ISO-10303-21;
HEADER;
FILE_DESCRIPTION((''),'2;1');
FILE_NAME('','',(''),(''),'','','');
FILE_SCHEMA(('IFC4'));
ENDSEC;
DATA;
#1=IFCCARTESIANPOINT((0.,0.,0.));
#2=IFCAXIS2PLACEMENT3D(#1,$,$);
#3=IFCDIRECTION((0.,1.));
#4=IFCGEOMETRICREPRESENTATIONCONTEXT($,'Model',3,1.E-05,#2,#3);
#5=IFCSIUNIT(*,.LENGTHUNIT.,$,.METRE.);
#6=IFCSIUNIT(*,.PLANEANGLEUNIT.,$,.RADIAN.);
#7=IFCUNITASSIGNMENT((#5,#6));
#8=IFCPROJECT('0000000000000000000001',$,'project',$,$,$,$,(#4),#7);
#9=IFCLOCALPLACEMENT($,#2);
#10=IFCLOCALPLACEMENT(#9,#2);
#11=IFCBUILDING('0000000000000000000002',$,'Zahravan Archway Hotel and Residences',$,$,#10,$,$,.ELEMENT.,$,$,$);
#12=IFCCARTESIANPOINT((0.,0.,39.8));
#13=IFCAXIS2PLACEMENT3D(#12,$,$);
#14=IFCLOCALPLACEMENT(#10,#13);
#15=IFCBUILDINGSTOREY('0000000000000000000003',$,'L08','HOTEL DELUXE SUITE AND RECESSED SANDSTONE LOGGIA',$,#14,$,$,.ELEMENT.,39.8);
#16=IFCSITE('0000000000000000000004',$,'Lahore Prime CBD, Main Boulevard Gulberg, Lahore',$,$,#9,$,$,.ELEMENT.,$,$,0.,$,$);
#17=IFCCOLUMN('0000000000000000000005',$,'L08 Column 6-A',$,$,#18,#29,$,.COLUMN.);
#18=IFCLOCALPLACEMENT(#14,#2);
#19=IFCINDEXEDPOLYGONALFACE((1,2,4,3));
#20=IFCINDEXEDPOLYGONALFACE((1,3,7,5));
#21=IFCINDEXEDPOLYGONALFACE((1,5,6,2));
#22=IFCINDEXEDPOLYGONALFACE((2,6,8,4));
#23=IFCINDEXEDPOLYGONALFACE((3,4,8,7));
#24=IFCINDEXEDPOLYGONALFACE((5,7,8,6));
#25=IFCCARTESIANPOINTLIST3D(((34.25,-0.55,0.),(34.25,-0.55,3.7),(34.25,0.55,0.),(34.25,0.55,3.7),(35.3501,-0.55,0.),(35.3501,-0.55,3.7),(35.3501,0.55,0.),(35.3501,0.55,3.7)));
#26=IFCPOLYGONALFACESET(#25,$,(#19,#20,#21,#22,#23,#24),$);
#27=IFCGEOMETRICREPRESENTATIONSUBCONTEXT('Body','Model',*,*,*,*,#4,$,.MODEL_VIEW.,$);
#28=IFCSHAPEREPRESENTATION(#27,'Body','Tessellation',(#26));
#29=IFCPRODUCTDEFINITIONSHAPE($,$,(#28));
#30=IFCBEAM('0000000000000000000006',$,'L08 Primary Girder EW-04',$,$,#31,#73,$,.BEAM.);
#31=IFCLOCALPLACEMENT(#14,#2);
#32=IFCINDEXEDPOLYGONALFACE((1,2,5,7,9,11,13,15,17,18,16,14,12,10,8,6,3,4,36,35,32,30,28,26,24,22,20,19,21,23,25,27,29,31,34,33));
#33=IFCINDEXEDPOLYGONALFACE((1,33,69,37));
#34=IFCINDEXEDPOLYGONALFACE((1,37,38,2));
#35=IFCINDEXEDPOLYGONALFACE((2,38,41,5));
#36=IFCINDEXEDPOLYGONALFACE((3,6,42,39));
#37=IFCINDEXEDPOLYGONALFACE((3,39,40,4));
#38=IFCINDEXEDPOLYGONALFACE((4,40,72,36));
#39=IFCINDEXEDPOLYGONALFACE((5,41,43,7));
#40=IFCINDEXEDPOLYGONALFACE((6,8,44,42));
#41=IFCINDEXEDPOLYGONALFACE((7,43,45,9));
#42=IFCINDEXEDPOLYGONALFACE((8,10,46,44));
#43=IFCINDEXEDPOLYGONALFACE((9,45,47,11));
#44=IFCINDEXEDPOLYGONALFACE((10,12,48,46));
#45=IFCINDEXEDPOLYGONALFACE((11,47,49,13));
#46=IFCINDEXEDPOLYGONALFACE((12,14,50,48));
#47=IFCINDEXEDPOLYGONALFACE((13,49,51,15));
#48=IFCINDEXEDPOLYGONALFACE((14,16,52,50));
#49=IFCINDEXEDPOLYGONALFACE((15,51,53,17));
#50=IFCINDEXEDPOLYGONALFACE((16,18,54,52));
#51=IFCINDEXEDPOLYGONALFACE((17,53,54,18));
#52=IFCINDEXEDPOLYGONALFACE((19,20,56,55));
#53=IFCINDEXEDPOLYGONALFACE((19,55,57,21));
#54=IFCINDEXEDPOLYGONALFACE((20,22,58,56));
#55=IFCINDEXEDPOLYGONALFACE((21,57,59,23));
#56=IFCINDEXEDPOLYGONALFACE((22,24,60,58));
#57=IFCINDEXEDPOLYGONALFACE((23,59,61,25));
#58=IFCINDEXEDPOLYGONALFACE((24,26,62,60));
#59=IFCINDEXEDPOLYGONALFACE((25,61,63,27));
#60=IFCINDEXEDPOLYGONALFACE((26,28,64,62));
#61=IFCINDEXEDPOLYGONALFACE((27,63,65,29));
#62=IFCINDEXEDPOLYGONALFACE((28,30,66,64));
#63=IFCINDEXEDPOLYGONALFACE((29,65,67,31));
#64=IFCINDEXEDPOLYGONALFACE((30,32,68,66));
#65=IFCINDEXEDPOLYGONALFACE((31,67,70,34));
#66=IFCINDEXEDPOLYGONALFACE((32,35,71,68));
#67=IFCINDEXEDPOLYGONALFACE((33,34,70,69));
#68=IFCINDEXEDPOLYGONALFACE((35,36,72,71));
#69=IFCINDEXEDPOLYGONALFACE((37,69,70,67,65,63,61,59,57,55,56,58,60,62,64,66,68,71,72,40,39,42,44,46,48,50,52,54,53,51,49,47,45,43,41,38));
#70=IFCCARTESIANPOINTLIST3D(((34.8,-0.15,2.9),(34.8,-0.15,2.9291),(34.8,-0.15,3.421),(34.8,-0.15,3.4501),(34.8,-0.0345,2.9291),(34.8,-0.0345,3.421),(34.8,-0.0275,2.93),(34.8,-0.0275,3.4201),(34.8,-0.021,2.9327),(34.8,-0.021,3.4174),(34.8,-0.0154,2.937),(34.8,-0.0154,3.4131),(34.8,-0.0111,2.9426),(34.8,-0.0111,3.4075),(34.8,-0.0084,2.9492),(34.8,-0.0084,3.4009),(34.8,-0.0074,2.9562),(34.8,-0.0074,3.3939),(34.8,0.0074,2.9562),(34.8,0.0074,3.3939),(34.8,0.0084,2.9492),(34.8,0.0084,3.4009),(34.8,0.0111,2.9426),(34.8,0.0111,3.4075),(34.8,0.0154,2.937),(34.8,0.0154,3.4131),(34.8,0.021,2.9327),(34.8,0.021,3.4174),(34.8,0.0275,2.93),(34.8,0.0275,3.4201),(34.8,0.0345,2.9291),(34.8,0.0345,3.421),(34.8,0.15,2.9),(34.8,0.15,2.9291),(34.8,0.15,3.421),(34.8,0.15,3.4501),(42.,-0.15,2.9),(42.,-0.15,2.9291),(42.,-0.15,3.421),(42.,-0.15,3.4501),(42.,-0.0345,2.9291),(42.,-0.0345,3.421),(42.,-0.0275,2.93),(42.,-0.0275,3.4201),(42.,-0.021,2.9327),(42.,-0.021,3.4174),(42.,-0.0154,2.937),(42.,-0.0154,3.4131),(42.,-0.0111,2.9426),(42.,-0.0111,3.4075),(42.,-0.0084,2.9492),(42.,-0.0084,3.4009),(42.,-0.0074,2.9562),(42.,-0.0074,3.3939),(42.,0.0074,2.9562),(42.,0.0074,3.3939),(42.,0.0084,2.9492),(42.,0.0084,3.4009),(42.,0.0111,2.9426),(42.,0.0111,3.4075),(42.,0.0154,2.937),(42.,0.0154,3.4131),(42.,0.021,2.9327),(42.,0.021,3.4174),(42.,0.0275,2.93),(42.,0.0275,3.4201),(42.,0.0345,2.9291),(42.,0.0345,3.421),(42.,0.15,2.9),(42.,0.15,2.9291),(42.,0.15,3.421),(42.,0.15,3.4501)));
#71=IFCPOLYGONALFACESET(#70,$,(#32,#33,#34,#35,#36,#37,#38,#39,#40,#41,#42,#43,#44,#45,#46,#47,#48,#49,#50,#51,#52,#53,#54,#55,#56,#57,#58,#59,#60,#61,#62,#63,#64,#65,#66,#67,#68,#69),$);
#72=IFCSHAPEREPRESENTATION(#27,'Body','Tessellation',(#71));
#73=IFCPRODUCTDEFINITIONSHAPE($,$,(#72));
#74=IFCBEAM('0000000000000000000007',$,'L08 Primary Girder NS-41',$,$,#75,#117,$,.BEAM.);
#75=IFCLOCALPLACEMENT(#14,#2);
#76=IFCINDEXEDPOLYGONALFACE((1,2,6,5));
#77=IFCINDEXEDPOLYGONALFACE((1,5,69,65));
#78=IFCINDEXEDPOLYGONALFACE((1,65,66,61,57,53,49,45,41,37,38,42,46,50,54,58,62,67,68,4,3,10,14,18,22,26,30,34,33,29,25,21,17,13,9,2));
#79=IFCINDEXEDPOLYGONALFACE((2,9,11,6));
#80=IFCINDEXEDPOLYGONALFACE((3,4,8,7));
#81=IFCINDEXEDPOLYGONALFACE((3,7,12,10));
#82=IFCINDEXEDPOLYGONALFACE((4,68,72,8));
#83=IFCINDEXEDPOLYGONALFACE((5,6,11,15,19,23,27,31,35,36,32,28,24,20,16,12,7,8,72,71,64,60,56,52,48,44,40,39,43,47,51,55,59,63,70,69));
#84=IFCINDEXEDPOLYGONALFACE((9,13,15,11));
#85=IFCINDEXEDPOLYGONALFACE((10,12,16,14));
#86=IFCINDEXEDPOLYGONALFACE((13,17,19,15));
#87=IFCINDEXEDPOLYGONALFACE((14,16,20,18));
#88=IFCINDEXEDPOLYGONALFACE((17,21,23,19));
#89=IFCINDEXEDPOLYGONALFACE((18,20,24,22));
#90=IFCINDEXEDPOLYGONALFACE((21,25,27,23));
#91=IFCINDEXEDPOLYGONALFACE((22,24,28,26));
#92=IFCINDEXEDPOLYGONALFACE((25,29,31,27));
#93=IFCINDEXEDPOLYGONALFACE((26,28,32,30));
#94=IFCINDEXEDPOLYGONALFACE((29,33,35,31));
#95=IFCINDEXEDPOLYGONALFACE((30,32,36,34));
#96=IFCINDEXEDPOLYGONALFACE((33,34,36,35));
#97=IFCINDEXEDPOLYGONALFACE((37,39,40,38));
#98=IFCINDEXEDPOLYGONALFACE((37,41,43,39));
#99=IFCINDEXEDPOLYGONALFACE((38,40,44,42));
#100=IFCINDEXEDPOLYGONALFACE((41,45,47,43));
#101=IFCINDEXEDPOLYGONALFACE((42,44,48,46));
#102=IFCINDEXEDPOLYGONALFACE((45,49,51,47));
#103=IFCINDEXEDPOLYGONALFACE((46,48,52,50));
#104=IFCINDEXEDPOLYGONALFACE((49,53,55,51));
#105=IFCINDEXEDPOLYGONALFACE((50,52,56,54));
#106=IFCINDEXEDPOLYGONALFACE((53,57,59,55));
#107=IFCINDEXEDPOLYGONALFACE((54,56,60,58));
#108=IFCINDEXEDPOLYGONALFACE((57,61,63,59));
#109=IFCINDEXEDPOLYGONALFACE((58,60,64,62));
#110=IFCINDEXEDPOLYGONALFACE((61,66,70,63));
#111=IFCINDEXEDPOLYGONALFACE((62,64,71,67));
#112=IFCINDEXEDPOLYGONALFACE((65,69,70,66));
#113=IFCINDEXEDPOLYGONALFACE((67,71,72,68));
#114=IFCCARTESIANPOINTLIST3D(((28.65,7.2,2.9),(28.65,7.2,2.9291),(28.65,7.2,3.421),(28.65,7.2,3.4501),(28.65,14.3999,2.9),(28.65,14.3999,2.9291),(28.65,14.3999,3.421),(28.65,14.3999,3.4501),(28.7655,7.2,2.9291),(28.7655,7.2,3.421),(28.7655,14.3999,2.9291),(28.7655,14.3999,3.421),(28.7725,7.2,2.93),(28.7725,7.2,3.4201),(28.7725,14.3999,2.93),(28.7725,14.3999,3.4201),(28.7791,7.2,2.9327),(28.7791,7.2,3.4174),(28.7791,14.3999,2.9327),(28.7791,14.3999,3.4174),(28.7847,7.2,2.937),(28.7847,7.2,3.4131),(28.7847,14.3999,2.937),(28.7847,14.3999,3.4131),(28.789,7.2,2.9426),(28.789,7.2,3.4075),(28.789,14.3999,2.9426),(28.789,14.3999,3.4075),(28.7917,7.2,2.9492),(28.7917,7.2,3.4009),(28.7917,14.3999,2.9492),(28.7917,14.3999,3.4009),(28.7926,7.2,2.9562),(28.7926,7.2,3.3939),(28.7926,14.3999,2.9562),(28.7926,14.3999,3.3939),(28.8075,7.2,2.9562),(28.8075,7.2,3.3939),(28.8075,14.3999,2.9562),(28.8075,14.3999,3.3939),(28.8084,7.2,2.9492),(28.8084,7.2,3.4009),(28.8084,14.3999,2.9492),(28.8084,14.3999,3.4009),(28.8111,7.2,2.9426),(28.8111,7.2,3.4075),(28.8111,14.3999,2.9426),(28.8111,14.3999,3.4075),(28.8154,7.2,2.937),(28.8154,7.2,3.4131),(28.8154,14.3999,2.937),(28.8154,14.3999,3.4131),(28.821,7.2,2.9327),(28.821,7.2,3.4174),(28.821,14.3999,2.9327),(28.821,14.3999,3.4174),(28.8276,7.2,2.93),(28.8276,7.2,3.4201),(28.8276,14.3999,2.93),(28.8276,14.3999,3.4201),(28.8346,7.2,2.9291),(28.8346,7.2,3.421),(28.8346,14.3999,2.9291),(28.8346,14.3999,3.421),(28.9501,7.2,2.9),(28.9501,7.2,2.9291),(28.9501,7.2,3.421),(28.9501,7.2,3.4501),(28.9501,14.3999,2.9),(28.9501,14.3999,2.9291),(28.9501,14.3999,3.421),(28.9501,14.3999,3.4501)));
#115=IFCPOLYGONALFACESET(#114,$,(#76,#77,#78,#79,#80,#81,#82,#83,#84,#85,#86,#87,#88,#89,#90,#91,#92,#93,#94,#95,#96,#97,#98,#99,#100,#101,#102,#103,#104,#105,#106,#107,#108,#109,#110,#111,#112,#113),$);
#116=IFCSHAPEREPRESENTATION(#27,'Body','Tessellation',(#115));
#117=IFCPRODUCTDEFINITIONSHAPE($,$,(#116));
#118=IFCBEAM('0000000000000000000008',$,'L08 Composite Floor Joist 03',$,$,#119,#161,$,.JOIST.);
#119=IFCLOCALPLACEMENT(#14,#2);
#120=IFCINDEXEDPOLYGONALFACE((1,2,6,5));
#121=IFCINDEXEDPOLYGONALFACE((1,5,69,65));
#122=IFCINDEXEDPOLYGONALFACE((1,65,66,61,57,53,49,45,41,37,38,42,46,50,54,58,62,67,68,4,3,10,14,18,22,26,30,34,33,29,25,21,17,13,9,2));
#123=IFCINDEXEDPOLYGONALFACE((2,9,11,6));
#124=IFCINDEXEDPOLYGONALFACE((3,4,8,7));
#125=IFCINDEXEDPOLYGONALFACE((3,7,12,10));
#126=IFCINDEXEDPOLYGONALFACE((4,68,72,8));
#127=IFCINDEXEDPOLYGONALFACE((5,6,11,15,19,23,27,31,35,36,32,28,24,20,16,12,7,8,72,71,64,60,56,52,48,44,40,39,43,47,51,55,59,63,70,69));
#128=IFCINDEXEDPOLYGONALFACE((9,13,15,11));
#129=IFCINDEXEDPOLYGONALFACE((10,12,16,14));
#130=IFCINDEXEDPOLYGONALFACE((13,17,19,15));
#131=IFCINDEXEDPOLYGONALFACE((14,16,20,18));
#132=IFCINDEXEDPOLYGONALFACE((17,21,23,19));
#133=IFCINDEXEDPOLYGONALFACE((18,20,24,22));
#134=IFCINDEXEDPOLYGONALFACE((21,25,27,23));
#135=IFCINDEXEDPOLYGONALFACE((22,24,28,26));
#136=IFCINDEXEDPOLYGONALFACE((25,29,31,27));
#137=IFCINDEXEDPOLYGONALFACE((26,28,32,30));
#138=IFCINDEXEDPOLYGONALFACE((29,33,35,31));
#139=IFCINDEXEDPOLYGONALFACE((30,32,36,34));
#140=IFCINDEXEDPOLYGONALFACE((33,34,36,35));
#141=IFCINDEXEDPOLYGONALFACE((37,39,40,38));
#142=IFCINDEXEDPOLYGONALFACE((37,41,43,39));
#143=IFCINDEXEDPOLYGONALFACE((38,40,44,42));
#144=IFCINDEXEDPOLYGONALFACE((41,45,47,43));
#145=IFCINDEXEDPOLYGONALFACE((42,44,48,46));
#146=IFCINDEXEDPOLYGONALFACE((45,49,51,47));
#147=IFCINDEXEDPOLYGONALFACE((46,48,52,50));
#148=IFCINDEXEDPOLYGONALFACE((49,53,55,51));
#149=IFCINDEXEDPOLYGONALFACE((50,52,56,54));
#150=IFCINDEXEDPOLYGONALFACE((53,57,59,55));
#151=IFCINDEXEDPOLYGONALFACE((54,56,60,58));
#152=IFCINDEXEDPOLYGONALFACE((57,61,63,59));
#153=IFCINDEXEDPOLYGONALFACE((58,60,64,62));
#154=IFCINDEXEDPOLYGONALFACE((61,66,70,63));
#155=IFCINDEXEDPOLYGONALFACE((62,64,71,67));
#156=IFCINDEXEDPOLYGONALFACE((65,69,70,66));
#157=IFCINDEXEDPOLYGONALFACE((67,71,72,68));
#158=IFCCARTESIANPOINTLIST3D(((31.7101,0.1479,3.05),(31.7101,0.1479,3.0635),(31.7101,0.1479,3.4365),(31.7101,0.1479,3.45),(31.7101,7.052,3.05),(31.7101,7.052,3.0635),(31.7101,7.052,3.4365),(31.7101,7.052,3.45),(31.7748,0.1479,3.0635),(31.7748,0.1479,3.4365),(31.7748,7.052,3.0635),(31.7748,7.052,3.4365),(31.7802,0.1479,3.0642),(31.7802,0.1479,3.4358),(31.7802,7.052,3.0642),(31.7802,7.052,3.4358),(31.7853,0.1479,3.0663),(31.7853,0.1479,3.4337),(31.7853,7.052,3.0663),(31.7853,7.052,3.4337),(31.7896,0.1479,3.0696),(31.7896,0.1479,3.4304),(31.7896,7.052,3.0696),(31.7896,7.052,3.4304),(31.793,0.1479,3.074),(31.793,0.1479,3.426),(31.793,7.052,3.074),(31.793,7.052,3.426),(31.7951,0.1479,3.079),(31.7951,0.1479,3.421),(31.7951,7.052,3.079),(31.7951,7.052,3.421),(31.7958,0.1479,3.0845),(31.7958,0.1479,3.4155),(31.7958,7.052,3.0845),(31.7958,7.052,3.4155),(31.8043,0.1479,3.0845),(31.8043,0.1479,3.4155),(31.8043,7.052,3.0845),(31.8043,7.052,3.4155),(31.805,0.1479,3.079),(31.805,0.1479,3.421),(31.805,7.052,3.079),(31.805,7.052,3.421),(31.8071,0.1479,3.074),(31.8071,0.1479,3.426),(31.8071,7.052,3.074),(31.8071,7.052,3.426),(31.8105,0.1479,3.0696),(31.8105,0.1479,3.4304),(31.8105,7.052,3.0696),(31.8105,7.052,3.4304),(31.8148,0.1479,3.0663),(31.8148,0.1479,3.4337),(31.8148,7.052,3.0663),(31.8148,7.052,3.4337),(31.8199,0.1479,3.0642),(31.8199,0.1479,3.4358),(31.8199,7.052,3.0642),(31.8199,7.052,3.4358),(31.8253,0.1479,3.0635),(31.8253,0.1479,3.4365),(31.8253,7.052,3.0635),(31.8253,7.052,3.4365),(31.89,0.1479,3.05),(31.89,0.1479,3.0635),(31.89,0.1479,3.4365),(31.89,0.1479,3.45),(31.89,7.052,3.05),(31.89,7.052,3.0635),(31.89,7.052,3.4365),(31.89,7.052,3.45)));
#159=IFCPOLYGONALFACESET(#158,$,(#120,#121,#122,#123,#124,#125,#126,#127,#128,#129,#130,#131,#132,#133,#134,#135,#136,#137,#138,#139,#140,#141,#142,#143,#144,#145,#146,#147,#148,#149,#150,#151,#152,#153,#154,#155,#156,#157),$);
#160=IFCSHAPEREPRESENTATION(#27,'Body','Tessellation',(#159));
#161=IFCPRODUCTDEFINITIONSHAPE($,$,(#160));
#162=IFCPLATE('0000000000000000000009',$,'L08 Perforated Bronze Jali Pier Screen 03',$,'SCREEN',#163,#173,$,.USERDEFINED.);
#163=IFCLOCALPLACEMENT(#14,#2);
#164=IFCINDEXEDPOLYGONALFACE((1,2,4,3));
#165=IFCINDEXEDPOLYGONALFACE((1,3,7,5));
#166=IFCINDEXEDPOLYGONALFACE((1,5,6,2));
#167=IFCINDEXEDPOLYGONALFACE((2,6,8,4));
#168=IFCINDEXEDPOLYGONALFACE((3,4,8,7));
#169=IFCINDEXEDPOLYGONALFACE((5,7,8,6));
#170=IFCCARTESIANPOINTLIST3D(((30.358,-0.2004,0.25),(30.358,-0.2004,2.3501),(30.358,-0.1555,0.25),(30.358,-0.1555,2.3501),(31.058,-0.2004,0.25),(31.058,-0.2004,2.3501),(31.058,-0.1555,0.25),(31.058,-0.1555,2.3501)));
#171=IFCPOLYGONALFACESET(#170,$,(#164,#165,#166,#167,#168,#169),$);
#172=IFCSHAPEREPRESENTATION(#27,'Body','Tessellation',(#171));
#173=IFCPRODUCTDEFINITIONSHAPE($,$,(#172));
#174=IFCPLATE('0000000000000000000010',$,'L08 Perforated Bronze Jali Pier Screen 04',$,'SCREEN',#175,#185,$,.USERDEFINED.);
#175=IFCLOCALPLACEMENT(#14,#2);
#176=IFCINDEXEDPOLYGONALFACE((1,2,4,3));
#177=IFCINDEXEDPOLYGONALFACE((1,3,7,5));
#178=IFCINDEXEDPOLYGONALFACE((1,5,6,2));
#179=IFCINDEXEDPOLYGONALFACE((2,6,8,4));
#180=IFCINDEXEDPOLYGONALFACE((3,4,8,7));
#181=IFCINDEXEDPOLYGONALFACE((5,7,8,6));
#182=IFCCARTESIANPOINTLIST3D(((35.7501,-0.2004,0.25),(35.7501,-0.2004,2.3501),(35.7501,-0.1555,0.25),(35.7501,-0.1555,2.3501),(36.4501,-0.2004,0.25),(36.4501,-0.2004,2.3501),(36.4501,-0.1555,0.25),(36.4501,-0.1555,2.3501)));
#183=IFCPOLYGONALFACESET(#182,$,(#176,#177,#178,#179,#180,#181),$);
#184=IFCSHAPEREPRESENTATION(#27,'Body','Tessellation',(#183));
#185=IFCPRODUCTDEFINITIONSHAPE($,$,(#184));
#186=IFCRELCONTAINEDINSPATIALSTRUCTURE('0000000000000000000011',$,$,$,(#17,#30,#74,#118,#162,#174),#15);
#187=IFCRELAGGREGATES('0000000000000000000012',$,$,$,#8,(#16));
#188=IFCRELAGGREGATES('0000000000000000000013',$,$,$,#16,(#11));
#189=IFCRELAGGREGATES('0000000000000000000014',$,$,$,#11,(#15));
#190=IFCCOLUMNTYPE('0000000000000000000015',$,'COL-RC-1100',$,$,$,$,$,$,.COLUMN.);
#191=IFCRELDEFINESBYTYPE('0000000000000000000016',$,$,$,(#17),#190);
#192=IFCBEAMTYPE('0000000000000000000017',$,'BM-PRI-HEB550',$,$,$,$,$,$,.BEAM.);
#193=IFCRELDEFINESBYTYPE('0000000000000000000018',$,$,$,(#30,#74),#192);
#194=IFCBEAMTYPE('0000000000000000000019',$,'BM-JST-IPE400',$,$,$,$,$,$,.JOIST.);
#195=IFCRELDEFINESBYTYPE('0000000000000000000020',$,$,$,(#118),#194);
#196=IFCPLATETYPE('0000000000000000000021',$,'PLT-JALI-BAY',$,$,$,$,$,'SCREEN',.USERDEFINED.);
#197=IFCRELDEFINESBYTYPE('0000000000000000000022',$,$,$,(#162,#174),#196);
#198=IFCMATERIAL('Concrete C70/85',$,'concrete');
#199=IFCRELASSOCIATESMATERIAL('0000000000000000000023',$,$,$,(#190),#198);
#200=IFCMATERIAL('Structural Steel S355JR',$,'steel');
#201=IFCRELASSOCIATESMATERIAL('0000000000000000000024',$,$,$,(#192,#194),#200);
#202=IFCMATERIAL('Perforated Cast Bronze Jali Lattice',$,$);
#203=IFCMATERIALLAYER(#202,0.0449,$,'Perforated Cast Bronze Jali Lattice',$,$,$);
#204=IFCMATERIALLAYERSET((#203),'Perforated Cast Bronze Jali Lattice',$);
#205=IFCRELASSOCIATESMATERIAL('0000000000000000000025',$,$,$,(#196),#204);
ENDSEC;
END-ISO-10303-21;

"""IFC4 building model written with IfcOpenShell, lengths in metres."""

from ifc_helpers import new_model, si_unit, direction, frame, origin, origin_2d, place, context, subcontext, project, spatial, rectangle, i_section, extrude, source, transform, mapped, material, layer, layer_set, material_profile, profile_set, type_object, type_shapes, element, save


model = new_model("IFC4")

# Units and contexts
model_context = context("Model", 3, precision=1e-05, world=origin(), true_north=direction((0.0, 1.0)))
body_context = subcontext(model_context, "Body", "Model", "MODEL_VIEW")
ifc_project = project(units=[si_unit("LENGTHUNIT", "METRE"), si_unit("PLANEANGLEUNIT", "RADIAN")], contexts=[model_context])

# Site, building, storey
site_placement = place(None, origin())
site = spatial("IfcSite", under=ifc_project, at=site_placement, Name="Lahore Prime CBD, Main Boulevard Gulberg, Lahore", CompositionType="ELEMENT", RefElevation=0.0)
building_placement = place(site_placement, origin())
building = spatial("IfcBuilding", under=site, at=building_placement, Name="Zahravan Archway Hotel and Residences", CompositionType="ELEMENT")
storey_placement = place(building_placement, frame((0.0, 0.0, 39.8)))
storey = spatial("IfcBuildingStorey", under=building, at=storey_placement, Name="L08", Description="HOTEL DELUXE SUITE AND RECESSED SANDSTONE LOGGIA", CompositionType="ELEMENT", Elevation=39.8)

# Column
ifc_material_1 = material(Name="Concrete C70/85", Category="concrete")
ifc_material_profile_1 = material_profile(ifc_material_1, rectangle(XDim=1.1001, YDim=1.1001, at=origin_2d()), Name="RC 1100x1100", Category="concrete")
ifc_profile_set_1 = profile_set([ifc_material_profile_1], Name="Concrete C70/85")
column_type = type_object("IfcColumnType", Name="COL-RC-1100", PredefinedType="COLUMN", material=ifc_profile_set_1)
shared_shape_1 = source(origin(), body_context, "Body", "SweptSolid", [
    extrude(rectangle(XDim=1.1001, YDim=1.1001, at=origin_2d()), origin(), (0.0, 0.0, 1.0), 3.7),
])
column_placement = place(storey_placement, frame((34.8, 0.0, 0.0), z_axis=(0.0, 0.0, 1.0), x_axis=(1.0, 0.0, 0.0)))
element("IfcColumn", 1, at=column_placement, inside=storey, type_object=column_type, Name="L08 Column 6-A", PredefinedType="COLUMN", context=body_context, shape_type="MappedRepresentation", body=[
    mapped(shared_shape_1, transform((0.0, 0.0, 0.0), scale=1.0)),
])

# Beams
ifc_material_2 = material(Name="Structural Steel S355JR", Category="steel")
ifc_material_profile_2 = material_profile(ifc_material_2, i_section(OverallWidth=0.3, OverallDepth=0.55, WebThickness=0.0149, FlangeThickness=0.0291, FilletRadius=0.0271, at=origin_2d()), Name="HEB 550", Category="steel")
ifc_profile_set_2 = profile_set([ifc_material_profile_2], Name="Structural Steel S355JR")
beam_type_1 = type_object("IfcBeamType", Name="BM-PRI-HEB550", PredefinedType="BEAM", material=ifc_profile_set_2)
shared_shape_2 = source(origin(), body_context, "Body", "SweptSolid", [
    extrude(i_section(OverallWidth=0.3, OverallDepth=0.55, WebThickness=0.0149, FlangeThickness=0.0291, FilletRadius=0.0271, at=origin_2d()), origin(), (0.0, 0.0, 1.0), 7.2),
])
for number, where, z_axis, x_axis, name in (
    (2, (34.8, 0.0, 3.175), (1.0, 0.0, 0.0), (0.0, 1.0, 0.0), "L08 Primary Girder EW-04"),
    (3, (28.8, 7.2, 3.175), (0.0, 1.0, 0.0), (-1.0, 0.0, 0.0), "L08 Primary Girder NS-41"),
):
    element("IfcBeam", number, at=place(storey_placement, frame(where, z_axis=z_axis, x_axis=x_axis)), inside=storey, type_object=beam_type_1, Name=name, PredefinedType="BEAM", context=body_context, shape_type="MappedRepresentation", body=[
        mapped(shared_shape_2, transform((0.0, 0.0, 0.0), scale=1.0)),
    ])
ifc_material_profile_3 = material_profile(ifc_material_2, i_section(OverallWidth=0.1799, OverallDepth=0.3999, WebThickness=0.0085, FlangeThickness=0.0134, FilletRadius=0.021, at=origin_2d()), Name="IPE 400", Category="steel")
ifc_profile_set_3 = profile_set([ifc_material_profile_3], Name="Structural Steel S355JR")
beam_type_2 = type_object("IfcBeamType", Name="BM-JST-IPE400", PredefinedType="JOIST", material=ifc_profile_set_3)
shared_shape_3 = source(origin(), body_context, "Body", "SweptSolid", [
    extrude(i_section(OverallWidth=0.1799, OverallDepth=0.3999, WebThickness=0.0085, FlangeThickness=0.0134, FilletRadius=0.021, at=origin_2d()), origin(), (0.0, 0.0, 1.0), 6.9041),
])
type_shapes(beam_type_2, [shared_shape_3])
beam_placement = place(storey_placement, frame((31.8, 0.1479, 3.25), z_axis=(0.0, 1.0, 0.0), x_axis=(-1.0, 0.0, 0.0)))
element("IfcBeam", 4, at=beam_placement, inside=storey, type_object=beam_type_2, Name="L08 Composite Floor Joist 03", PredefinedType="JOIST", context=body_context, shape_type="MappedRepresentation", body=[
    mapped(shared_shape_3, transform((0.0, 0.0, 0.0), scale=1.0)),
])

# Plates
ifc_material_3 = material(Name="Perforated Cast Bronze Jali Lattice")
ifc_layer_1 = layer(ifc_material_3, 0.0449, Name="Perforated Cast Bronze Jali Lattice")
ifc_layer_set_1 = layer_set([ifc_layer_1], Name="Perforated Cast Bronze Jali Lattice")
plate_type = type_object("IfcPlateType", Name="PLT-JALI-BAY", ElementType="SCREEN", PredefinedType="USERDEFINED", material=ifc_layer_set_1)
shared_shape_4 = source(origin(), body_context, "Body", "SweptSolid", [
    extrude(rectangle(XDim=0.7, YDim=0.0449, at=origin_2d()), origin(), (0.0, 0.0, 1.0), 2.1001),
])
type_shapes(plate_type, [shared_shape_4])
for number, where, z_axis, x_axis, name in (
    (5, (30.708, -0.178, 0.25), (0.0, 0.0, 1.0), (1.0, 0.0, 0.0), "L08 Perforated Bronze Jali Pier Screen 03"),
    (6, (36.1001, -0.178, 0.25), (0.0, 0.0, 1.0), (1.0, 0.0, 0.0), "L08 Perforated Bronze Jali Pier Screen 04"),
):
    element("IfcPlate", number, at=place(storey_placement, frame(where, z_axis=z_axis, x_axis=x_axis)), inside=storey, type_object=plate_type, Name=name, ObjectType="SCREEN", PredefinedType="USERDEFINED", context=body_context, shape_type="MappedRepresentation", body=[
        mapped(shared_shape_4, transform((0.0, 0.0, 0.0), scale=1.0)),
    ])

save(model, "model.ifc")
